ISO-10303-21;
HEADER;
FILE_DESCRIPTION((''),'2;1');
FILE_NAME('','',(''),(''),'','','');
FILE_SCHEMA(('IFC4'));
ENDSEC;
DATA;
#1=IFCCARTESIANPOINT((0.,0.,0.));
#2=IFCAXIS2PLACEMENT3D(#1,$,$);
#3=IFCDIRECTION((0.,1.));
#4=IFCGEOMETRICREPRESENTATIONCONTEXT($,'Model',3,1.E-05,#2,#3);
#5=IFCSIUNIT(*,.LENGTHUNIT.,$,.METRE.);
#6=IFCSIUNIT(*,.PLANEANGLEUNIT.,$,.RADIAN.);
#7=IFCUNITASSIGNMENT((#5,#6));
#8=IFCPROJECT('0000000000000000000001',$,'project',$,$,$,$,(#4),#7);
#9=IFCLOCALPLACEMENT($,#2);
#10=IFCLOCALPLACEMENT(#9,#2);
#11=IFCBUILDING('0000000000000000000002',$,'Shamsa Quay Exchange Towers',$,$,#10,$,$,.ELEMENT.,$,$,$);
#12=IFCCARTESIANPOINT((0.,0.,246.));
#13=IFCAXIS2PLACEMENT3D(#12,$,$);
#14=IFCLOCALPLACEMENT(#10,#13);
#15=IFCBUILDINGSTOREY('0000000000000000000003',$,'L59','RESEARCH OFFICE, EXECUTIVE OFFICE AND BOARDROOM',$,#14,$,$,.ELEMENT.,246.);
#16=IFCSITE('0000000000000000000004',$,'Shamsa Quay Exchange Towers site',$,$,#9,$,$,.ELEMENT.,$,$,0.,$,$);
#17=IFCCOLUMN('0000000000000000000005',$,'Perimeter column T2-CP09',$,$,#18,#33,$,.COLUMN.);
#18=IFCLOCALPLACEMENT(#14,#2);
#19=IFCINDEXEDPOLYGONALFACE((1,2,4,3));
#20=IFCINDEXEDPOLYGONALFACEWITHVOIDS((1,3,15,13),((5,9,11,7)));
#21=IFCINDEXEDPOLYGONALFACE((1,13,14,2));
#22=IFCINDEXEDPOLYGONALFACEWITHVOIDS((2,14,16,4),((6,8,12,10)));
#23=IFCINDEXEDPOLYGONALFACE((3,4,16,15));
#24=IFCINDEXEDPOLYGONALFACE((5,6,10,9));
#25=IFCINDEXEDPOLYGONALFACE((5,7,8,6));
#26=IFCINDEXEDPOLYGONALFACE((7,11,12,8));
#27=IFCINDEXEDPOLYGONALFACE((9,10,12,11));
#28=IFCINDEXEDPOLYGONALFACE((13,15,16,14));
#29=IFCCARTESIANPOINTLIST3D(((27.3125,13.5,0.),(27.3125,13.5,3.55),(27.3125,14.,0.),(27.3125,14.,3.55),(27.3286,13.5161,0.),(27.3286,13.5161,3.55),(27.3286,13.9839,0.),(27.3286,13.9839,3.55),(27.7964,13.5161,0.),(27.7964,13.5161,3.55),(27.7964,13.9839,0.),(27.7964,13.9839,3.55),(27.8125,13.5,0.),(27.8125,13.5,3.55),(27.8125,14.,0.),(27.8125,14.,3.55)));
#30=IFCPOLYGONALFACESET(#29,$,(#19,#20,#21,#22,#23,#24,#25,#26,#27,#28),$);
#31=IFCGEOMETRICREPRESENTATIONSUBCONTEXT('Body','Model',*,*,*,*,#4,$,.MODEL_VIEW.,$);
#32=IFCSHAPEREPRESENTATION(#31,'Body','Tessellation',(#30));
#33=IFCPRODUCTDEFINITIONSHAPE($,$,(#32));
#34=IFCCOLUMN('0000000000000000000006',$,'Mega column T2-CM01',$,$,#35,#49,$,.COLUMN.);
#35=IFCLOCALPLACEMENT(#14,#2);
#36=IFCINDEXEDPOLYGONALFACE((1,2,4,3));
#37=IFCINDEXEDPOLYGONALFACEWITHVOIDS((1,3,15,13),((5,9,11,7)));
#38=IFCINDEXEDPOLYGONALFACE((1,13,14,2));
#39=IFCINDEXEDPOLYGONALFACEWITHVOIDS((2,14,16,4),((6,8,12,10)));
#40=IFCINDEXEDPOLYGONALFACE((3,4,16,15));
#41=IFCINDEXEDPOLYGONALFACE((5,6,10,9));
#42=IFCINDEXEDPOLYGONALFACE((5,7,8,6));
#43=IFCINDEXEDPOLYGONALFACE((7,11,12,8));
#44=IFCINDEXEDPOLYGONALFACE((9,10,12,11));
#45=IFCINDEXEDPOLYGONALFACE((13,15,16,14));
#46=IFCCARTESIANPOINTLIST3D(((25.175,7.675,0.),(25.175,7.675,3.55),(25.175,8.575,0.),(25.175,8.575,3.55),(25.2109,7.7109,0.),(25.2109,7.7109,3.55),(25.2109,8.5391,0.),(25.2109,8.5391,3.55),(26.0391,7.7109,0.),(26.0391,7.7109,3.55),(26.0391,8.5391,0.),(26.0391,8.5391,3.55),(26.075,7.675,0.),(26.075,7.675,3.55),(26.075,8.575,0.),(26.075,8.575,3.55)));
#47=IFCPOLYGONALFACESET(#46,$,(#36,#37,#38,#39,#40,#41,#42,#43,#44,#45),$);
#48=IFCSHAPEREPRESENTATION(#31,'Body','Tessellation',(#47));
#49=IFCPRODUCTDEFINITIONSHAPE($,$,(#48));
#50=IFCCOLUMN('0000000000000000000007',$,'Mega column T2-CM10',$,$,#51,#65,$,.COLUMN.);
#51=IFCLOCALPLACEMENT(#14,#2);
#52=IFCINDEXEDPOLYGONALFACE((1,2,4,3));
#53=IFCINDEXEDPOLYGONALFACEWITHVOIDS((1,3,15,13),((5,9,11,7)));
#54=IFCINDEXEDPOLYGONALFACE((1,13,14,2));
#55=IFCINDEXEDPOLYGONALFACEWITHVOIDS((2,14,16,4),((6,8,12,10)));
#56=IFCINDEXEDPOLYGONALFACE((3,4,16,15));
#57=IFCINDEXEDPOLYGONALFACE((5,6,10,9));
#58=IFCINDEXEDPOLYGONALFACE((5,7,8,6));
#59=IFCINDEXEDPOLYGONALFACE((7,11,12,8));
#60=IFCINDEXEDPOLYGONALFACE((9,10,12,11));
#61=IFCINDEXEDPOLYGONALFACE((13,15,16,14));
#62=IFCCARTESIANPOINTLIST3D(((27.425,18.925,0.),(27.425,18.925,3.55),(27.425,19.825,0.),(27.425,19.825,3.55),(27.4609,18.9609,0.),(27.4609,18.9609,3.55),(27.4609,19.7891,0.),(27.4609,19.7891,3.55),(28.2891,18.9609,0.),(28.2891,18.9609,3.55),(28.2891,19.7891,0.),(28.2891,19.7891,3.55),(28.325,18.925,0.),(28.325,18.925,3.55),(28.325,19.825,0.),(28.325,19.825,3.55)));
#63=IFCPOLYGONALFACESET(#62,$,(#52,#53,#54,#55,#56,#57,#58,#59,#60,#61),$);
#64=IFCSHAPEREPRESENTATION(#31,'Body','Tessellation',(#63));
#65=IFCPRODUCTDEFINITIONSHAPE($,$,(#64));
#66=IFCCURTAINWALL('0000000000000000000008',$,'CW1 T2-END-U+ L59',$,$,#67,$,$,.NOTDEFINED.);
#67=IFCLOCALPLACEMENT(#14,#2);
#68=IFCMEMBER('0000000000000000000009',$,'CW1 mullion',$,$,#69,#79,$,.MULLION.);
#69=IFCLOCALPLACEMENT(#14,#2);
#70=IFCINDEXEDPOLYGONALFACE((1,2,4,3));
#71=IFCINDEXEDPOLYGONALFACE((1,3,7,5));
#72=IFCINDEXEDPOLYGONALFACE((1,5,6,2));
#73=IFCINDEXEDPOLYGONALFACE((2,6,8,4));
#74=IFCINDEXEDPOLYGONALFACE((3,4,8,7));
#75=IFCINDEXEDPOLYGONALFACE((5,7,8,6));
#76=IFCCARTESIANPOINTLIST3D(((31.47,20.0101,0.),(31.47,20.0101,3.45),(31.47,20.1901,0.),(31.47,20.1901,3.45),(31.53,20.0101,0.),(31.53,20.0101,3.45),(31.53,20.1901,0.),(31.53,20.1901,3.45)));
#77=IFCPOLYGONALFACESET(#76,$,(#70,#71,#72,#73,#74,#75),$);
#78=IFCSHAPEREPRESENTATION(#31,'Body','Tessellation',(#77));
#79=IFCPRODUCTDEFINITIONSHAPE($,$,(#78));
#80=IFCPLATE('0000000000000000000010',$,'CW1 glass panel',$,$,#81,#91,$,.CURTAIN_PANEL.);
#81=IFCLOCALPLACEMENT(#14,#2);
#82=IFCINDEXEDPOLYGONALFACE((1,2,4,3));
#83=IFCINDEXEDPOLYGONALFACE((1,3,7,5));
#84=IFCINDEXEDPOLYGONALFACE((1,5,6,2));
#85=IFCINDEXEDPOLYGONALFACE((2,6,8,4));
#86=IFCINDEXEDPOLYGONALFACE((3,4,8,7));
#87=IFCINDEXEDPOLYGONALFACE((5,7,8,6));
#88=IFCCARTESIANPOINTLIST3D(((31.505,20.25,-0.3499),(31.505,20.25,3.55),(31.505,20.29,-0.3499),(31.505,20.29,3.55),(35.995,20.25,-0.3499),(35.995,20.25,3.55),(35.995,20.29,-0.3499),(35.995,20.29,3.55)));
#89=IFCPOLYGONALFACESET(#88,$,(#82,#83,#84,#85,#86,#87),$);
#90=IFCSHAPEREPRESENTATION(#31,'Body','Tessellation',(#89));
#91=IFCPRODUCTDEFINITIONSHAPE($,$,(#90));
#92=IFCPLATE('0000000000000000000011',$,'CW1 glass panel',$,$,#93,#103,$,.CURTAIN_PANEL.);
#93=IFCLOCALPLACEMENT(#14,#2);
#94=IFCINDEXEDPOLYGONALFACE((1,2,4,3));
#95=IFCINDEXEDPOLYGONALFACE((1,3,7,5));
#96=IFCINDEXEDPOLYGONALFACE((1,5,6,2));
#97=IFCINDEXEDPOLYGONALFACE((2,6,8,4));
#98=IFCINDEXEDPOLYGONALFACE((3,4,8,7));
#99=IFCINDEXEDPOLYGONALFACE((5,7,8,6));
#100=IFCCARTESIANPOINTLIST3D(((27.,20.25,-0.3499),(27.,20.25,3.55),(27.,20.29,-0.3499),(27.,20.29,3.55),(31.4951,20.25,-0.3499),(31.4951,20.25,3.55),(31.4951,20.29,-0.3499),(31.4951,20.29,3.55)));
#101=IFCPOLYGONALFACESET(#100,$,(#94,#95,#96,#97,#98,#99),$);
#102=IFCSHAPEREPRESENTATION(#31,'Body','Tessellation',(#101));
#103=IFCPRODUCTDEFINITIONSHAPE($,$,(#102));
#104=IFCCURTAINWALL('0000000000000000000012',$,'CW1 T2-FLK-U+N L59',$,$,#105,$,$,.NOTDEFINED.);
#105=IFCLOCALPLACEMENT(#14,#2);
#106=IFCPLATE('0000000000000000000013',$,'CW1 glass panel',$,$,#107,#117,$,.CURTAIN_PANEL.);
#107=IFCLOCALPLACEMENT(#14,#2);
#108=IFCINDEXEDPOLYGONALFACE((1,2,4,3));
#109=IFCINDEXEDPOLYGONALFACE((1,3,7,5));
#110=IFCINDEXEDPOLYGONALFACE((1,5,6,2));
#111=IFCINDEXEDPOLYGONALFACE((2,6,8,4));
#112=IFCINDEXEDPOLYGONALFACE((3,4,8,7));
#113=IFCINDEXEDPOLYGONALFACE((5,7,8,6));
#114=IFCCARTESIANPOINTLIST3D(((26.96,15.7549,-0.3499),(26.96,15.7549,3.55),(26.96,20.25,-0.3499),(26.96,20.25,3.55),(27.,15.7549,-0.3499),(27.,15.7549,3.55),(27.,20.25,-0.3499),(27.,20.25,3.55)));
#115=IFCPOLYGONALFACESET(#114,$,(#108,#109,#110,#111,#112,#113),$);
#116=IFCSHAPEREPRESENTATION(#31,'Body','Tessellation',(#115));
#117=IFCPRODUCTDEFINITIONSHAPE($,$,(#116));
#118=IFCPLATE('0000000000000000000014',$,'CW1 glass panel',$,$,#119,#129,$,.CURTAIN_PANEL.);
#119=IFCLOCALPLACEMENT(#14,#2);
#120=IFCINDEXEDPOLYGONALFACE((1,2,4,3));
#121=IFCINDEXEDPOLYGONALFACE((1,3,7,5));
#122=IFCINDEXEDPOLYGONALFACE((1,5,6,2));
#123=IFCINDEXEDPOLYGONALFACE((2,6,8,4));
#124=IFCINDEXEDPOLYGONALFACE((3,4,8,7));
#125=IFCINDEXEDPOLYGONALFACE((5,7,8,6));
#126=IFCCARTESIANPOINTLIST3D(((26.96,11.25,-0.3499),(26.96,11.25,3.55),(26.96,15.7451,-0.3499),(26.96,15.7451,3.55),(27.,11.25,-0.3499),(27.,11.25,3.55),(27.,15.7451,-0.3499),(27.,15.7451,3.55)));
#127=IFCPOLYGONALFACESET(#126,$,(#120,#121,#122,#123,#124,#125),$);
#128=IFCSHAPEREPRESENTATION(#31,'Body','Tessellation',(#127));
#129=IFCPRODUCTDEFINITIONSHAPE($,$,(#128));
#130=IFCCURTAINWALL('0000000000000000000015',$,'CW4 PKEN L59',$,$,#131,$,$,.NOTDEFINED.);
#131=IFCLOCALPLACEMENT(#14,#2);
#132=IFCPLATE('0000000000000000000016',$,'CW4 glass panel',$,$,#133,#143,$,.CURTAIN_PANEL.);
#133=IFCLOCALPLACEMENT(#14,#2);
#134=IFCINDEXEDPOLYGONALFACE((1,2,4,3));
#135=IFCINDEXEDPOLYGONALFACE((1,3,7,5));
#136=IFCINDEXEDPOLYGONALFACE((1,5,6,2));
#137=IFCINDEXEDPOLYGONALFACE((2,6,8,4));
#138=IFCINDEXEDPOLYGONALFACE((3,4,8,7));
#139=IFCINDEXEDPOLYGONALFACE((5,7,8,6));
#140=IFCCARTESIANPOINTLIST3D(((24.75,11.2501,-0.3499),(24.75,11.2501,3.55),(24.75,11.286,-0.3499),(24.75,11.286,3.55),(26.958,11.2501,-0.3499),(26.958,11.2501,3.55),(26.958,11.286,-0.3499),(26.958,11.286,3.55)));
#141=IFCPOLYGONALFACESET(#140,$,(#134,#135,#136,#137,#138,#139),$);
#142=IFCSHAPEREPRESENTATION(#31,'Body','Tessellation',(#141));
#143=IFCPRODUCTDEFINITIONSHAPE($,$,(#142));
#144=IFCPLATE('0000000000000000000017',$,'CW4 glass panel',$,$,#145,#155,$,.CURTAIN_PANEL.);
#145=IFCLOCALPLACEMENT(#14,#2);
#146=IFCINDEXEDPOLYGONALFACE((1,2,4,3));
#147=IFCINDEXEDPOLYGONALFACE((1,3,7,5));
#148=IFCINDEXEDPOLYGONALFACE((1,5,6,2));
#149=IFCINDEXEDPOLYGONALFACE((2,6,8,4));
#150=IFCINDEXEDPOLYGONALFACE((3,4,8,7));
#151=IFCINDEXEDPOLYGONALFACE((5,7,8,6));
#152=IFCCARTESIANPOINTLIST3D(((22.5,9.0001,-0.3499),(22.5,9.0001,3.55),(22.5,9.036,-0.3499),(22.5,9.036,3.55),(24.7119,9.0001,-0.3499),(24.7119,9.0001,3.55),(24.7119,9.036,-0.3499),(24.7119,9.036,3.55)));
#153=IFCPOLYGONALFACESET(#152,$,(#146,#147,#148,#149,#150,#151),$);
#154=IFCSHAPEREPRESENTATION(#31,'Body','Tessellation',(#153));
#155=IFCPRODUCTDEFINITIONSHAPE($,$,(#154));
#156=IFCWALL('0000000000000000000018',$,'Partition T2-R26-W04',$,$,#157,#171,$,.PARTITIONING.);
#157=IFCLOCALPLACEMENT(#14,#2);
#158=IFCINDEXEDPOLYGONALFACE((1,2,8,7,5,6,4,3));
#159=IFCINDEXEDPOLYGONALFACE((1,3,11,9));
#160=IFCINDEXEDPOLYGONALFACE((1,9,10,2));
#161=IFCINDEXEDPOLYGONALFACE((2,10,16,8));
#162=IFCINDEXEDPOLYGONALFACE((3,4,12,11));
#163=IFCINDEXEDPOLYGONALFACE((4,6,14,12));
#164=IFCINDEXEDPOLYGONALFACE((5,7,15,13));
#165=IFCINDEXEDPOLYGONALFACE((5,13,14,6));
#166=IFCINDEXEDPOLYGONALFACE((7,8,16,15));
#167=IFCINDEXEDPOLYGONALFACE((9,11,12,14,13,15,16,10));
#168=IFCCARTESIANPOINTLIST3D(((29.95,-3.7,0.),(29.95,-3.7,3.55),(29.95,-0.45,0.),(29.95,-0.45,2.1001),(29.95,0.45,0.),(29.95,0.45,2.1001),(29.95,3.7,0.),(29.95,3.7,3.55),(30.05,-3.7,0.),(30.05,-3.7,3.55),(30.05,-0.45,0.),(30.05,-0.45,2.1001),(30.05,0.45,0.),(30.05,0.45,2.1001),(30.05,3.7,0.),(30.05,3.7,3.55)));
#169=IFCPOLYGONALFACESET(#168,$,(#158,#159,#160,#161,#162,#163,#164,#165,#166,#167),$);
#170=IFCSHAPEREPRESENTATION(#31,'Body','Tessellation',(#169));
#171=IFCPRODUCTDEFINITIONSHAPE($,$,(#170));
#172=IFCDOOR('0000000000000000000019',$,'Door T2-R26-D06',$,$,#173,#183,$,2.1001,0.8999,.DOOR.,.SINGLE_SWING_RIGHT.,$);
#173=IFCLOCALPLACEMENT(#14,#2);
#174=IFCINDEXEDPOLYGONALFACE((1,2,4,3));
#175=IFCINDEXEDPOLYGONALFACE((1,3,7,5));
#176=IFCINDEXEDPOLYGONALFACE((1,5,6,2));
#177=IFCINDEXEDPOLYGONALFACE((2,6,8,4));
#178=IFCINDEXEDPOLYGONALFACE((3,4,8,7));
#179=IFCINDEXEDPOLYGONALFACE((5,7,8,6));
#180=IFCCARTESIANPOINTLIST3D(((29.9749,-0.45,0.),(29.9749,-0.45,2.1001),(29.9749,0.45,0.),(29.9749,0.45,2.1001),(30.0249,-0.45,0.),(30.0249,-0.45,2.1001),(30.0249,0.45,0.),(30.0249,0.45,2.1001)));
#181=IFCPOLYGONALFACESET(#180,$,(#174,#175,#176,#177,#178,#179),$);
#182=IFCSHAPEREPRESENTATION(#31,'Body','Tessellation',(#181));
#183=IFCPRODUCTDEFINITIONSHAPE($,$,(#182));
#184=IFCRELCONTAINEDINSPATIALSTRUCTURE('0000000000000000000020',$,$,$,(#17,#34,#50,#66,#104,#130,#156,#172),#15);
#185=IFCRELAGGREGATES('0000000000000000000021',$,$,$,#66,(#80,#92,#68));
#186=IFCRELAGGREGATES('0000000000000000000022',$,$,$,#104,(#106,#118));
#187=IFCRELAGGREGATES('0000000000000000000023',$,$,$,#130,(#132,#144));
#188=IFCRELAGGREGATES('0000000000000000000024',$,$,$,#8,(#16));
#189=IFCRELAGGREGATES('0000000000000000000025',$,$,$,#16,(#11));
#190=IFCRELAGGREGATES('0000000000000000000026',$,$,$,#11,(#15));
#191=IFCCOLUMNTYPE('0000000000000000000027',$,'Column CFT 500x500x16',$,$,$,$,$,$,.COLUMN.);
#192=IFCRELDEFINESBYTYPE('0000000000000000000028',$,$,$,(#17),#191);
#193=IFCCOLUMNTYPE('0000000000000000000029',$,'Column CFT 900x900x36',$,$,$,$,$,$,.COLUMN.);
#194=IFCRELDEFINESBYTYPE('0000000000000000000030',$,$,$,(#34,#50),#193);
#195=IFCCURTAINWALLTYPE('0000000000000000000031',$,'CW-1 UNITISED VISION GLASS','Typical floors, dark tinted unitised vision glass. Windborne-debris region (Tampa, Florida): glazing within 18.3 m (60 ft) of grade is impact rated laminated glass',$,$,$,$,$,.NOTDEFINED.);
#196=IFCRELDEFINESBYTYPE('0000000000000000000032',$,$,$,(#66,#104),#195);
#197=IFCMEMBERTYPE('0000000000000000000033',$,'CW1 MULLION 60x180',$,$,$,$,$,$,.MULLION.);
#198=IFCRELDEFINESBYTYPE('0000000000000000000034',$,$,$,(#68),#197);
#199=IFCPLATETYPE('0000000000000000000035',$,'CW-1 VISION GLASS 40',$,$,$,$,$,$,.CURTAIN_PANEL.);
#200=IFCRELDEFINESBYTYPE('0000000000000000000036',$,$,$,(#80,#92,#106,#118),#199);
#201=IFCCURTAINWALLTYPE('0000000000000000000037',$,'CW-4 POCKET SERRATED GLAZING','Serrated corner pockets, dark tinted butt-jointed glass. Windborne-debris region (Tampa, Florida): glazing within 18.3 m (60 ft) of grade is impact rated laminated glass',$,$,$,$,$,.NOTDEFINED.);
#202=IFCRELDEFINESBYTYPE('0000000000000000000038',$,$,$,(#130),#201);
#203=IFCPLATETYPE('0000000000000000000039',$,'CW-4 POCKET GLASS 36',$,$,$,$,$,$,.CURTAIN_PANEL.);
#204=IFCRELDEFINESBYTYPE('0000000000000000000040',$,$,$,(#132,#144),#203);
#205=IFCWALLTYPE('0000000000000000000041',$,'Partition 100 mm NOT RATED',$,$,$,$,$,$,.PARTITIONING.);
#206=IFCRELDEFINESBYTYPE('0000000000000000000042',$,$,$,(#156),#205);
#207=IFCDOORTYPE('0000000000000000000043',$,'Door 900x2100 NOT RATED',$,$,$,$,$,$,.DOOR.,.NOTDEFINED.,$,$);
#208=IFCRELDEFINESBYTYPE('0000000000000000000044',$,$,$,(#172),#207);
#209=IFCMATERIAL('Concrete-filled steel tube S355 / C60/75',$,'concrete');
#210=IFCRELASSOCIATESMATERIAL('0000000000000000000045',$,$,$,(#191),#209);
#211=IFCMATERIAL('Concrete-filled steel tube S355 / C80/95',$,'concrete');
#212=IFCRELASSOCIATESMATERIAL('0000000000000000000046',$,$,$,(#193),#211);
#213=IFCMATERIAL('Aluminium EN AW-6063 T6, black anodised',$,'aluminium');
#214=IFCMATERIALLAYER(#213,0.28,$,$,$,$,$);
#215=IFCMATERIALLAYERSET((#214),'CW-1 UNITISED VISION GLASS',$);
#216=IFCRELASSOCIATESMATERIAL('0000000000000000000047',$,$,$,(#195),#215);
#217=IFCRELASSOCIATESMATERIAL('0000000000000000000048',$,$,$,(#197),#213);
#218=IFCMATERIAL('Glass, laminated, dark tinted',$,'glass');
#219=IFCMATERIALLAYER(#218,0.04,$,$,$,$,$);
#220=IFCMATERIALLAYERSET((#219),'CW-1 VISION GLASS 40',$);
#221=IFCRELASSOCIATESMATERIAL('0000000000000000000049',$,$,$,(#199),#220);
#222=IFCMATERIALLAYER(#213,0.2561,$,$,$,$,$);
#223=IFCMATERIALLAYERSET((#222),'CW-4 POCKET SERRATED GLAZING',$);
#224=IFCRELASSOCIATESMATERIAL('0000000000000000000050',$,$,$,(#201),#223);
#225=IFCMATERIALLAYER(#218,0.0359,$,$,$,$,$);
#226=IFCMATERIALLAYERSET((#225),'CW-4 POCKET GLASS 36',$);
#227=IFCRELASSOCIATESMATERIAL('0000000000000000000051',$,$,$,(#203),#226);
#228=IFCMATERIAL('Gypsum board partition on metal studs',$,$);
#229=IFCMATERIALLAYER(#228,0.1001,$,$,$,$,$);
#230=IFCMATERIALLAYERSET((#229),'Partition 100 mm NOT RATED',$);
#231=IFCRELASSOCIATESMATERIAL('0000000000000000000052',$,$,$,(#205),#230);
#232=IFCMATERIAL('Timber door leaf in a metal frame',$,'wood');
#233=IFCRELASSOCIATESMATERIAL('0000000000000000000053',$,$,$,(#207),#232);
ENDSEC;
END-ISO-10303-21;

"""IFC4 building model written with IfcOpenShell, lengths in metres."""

from ifc_helpers import new_model, si_unit, direction, frame, frame_2d, origin, origin_2d, place, context, subcontext, project, spatial, rectangle, hollow_rectangle, extrude, material, layer, layer_set, material_profile, profile_set, type_object, element, fill, aggregate, save


model = new_model("IFC4")

# Units and contexts
model_context = context("Model", 3, precision=1e-05, world=origin(), true_north=direction((0.0, 1.0)))
body_context = subcontext(model_context, "Body", "Model", "MODEL_VIEW")
ifc_project = project(units=[si_unit("LENGTHUNIT", "METRE"), si_unit("PLANEANGLEUNIT", "RADIAN")], contexts=[model_context])

# Site, building, storey
site_placement = place(None, origin())
site = spatial("IfcSite", under=ifc_project, at=site_placement, Name="Shamsa Quay Exchange Towers site", CompositionType="ELEMENT", RefElevation=0.0)
building_placement = place(site_placement, origin())
building = spatial("IfcBuilding", under=site, at=building_placement, Name="Shamsa Quay Exchange Towers", CompositionType="ELEMENT")
storey_placement = place(building_placement, frame((0.0, 0.0, 246.0)))
storey = spatial("IfcBuildingStorey", under=building, at=storey_placement, Name="L59", Description="RESEARCH OFFICE, EXECUTIVE OFFICE AND BOARDROOM", CompositionType="ELEMENT", Elevation=246.0)

# Columns
ifc_material_1 = material(Name="Concrete-filled steel tube S355 / C60/75", Category="concrete")
ifc_material_profile_1 = material_profile(ifc_material_1, hollow_rectangle(XDim=0.5, YDim=0.5, WallThickness=0.0161, at=origin_2d()), Name="CFT 500x500x16")
ifc_profile_set_1 = profile_set([ifc_material_profile_1], Name="Concrete-filled steel tube S355 / C60/75")
column_type_1 = type_object("IfcColumnType", Name="Column CFT 500x500x16", PredefinedType="COLUMN", material=ifc_profile_set_1)
column_placement = place(storey_placement, frame((27.5625, 13.75, 0.0)))
element("IfcColumn", 1, at=column_placement, inside=storey, type_object=column_type_1, Name="Perimeter column T2-CP09", PredefinedType="COLUMN", context=body_context, shape_type="SweptSolid", body=[
    extrude(hollow_rectangle(XDim=0.5, YDim=0.5, WallThickness=0.0161, at=origin_2d()), origin(), (0.0, 0.0, 1.0), 3.55),
])
ifc_material_2 = material(Name="Concrete-filled steel tube S355 / C80/95", Category="concrete")
ifc_material_profile_2 = material_profile(ifc_material_2, hollow_rectangle(XDim=0.8999, YDim=0.8999, WallThickness=0.0359, at=origin_2d()), Name="CFT 900x900x36")
ifc_profile_set_2 = profile_set([ifc_material_profile_2], Name="Concrete-filled steel tube S355 / C80/95")
column_type_2 = type_object("IfcColumnType", Name="Column CFT 900x900x36", PredefinedType="COLUMN", material=ifc_profile_set_2)
for number, where, name in (
    (2, (25.625, 8.125, 0.0), "Mega column T2-CM01"),
    (3, (27.875, 19.375, 0.0), "Mega column T2-CM10"),
):
    element("IfcColumn", number, at=place(storey_placement, frame(where)), inside=storey, type_object=column_type_2, Name=name, PredefinedType="COLUMN", context=body_context, shape_type="SweptSolid", body=[
        extrude(hollow_rectangle(XDim=0.8999, YDim=0.8999, WallThickness=0.0359, at=origin_2d()), origin(), (0.0, 0.0, 1.0), 3.55),
    ])

# Curtain wall, member, plates
ifc_material_3 = material(Name="Aluminium EN AW-6063 T6, black anodised", Category="aluminium")
ifc_layer_1 = layer(ifc_material_3, 0.28)
ifc_layer_set_1 = layer_set([ifc_layer_1], Name="CW-1 UNITISED VISION GLASS")
curtain_wall_type_1 = type_object("IfcCurtainWallType", Name="CW-1 UNITISED VISION GLASS", Description="Typical floors, dark tinted unitised vision glass. Windborne-debris region (Tampa, Florida): glazing within 18.3 m (60 ft) of grade is impact rated laminated glass", PredefinedType="NOTDEFINED", material=ifc_layer_set_1)
curtain_wall_1_placement = place(storey_placement, origin())
curtain_wall_1 = element("IfcCurtainWall", 4, at=curtain_wall_1_placement, inside=storey, type_object=curtain_wall_type_1, Name="CW1 T2-END-U+ L59", PredefinedType="NOTDEFINED")
ifc_material_profile_3 = material_profile(ifc_material_3, rectangle(XDim=0.1799, YDim=0.0601, at=origin_2d()), Name="MU60x180")
ifc_profile_set_3 = profile_set([ifc_material_profile_3], Name="Aluminium EN AW-6063 T6, black anodised")
member_type = type_object("IfcMemberType", Name="CW1 MULLION 60x180", PredefinedType="MULLION", material=ifc_profile_set_3)
member_placement = place(storey_placement, frame((31.5, 20.1001, 0.0), z_axis=(0.0, 0.0, 1.0), x_axis=(0.0, -1.0, 0.0)))
member = element("IfcMember", 5, at=member_placement, type_object=member_type, Name="CW1 mullion", PredefinedType="MULLION", context=body_context, shape_type="SweptSolid", body=[
    extrude(rectangle(XDim=0.1799, YDim=0.0601, at=origin_2d()), origin(), (0.0, 0.0, 1.0), 3.45),
])
ifc_material_4 = material(Name="Glass, laminated, dark tinted", Category="glass")
ifc_layer_2 = layer(ifc_material_4, 0.04)
ifc_layer_set_2 = layer_set([ifc_layer_2], Name="CW-1 VISION GLASS 40")
plate_type_1 = type_object("IfcPlateType", Name="CW-1 VISION GLASS 40", PredefinedType="CURTAIN_PANEL", material=ifc_layer_set_2)
plate_1_placement = place(storey_placement, frame((33.75, 20.27, -0.3499), z_axis=(0.0, 0.0, 1.0), x_axis=(-1.0, 0.0, 0.0)))
plate_1 = element("IfcPlate", 6, at=plate_1_placement, type_object=plate_type_1, Name="CW1 glass panel", PredefinedType="CURTAIN_PANEL", context=body_context, shape_type="SweptSolid", body=[
    extrude(rectangle(XDim=4.49, YDim=0.04, at=origin_2d()), origin(), (0.0, 0.0, 1.0), 3.8999),
])
plate_2_placement = place(storey_placement, frame((29.2476, 20.27, -0.3499), z_axis=(0.0, 0.0, 1.0), x_axis=(-1.0, 0.0, 0.0)))
plate_2 = element("IfcPlate", 7, at=plate_2_placement, type_object=plate_type_1, Name="CW1 glass panel", PredefinedType="CURTAIN_PANEL", context=body_context, shape_type="SweptSolid", body=[
    extrude(rectangle(XDim=4.4951, YDim=0.04, at=origin_2d()), origin(), (0.0, 0.0, 1.0), 3.8999),
])
aggregate(curtain_wall_1, [plate_1, plate_2, member])

# Curtain walls, plates
curtain_wall_2_placement = place(storey_placement, origin())
curtain_wall_2 = element("IfcCurtainWall", 8, at=curtain_wall_2_placement, inside=storey, type_object=curtain_wall_type_1, Name="CW1 T2-FLK-U+N L59", PredefinedType="NOTDEFINED")
plate_3_placement = place(storey_placement, frame((26.98, 18.0024, -0.3499), z_axis=(0.0, 0.0, 1.0), x_axis=(0.0, -1.0, 0.0)))
plate_3 = element("IfcPlate", 9, at=plate_3_placement, type_object=plate_type_1, Name="CW1 glass panel", PredefinedType="CURTAIN_PANEL", context=body_context, shape_type="SweptSolid", body=[
    extrude(rectangle(XDim=4.4951, YDim=0.04, at=origin_2d()), origin(), (0.0, 0.0, 1.0), 3.8999),
])
plate_4_placement = place(storey_placement, frame((26.98, 13.4976, -0.3499), z_axis=(0.0, 0.0, 1.0), x_axis=(0.0, -1.0, 0.0)))
plate_4 = element("IfcPlate", 10, at=plate_4_placement, type_object=plate_type_1, Name="CW1 glass panel", PredefinedType="CURTAIN_PANEL", context=body_context, shape_type="SweptSolid", body=[
    extrude(rectangle(XDim=4.4951, YDim=0.04, at=origin_2d()), origin(), (0.0, 0.0, 1.0), 3.8999),
])
aggregate(curtain_wall_2, [plate_3, plate_4])
ifc_layer_3 = layer(ifc_material_3, 0.2561)
ifc_layer_set_3 = layer_set([ifc_layer_3], Name="CW-4 POCKET SERRATED GLAZING")
curtain_wall_type_2 = type_object("IfcCurtainWallType", Name="CW-4 POCKET SERRATED GLAZING", Description="Serrated corner pockets, dark tinted butt-jointed glass. Windborne-debris region (Tampa, Florida): glazing within 18.3 m (60 ft) of grade is impact rated laminated glass", PredefinedType="NOTDEFINED", material=ifc_layer_set_3)
curtain_wall_3_placement = place(storey_placement, origin())
curtain_wall_3 = element("IfcCurtainWall", 11, at=curtain_wall_3_placement, inside=storey, type_object=curtain_wall_type_2, Name="CW4 PKEN L59", PredefinedType="NOTDEFINED")
ifc_layer_4 = layer(ifc_material_4, 0.0359)
ifc_layer_set_4 = layer_set([ifc_layer_4], Name="CW-4 POCKET GLASS 36")
plate_type_2 = type_object("IfcPlateType", Name="CW-4 POCKET GLASS 36", PredefinedType="CURTAIN_PANEL", material=ifc_layer_set_4)
plate_5_placement = place(storey_placement, frame((25.854, 11.2681, -0.3499), z_axis=(0.0, 0.0, 1.0), x_axis=(-1.0, 0.0, 0.0)))
plate_5 = element("IfcPlate", 12, at=plate_5_placement, type_object=plate_type_2, Name="CW4 glass panel", PredefinedType="CURTAIN_PANEL", context=body_context, shape_type="SweptSolid", body=[
    extrude(rectangle(XDim=2.208, YDim=0.0359, at=origin_2d()), origin(), (0.0, 0.0, 1.0), 3.8999),
])
plate_6_placement = place(storey_placement, frame((23.606, 9.0181, -0.3499), z_axis=(0.0, 0.0, 1.0), x_axis=(-1.0, 0.0, 0.0)))
plate_6 = element("IfcPlate", 13, at=plate_6_placement, type_object=plate_type_2, Name="CW4 glass panel", PredefinedType="CURTAIN_PANEL", context=body_context, shape_type="SweptSolid", body=[
    extrude(rectangle(XDim=2.2119, YDim=0.0359, at=origin_2d()), origin(), (0.0, 0.0, 1.0), 3.8999),
])
aggregate(curtain_wall_3, [plate_5, plate_6])

# Wall, opening, door
ifc_material_5 = material(Name="Gypsum board partition on metal studs")
ifc_layer_5 = layer(ifc_material_5, 0.1001)
ifc_layer_set_5 = layer_set([ifc_layer_5], Name="Partition 100 mm NOT RATED")
wall_type_1 = type_object("IfcWallType", Name="Partition 100 mm NOT RATED", PredefinedType="PARTITIONING", material=ifc_layer_set_5)
wall_1_placement = place(storey_placement, frame((30.0, 3.7, 0.0), z_axis=(0.0, 0.0, 1.0), x_axis=(0.0, -1.0, 0.0)))
wall_1 = element("IfcWall", 14, at=wall_1_placement, inside=storey, type_object=wall_type_1, Name="Partition T2-R26-W04", PredefinedType="PARTITIONING", context=body_context, shape_type="SweptSolid", body=[
    extrude(rectangle(XDim=7.3999, YDim=0.1001, at=frame_2d((3.7, 0.0))), origin(), (0.0, 0.0, 1.0), 3.55),
])
opening_1_placement = place(wall_1_placement, frame((3.25, 0.0, 0.0)))
opening_1 = element("IfcOpeningElement", 15, at=opening_1_placement, cuts=wall_1, PredefinedType="OPENING", context=body_context, shape_type="SweptSolid", body=[
    extrude(rectangle(XDim=0.8999, YDim=2.1001, at=frame_2d((0.45, 1.05))), frame((0.0, 0.0601, 0.0), z_axis=(0.0, -1.0, 0.0), x_axis=(1.0, 0.0, 0.0)), (0.0, 0.0, 1.0), 0.1201),
])
ifc_material_6 = material(Name="Timber door leaf in a metal frame", Category="wood")
door_type_1 = type_object("IfcDoorType", Name="Door 900x2100 NOT RATED", OperationType="NOTDEFINED", PredefinedType="DOOR", material=ifc_material_6)
door_1_placement = place(opening_1_placement, origin())
door_1 = element("IfcDoor", 16, at=door_1_placement, inside=storey, type_object=door_type_1, Name="Door T2-R26-D06", OperationType="SINGLE_SWING_RIGHT", OverallHeight=2.1001, OverallWidth=0.8999, PredefinedType="DOOR", context=body_context, shape_type="SweptSolid", body=[
    extrude(rectangle(XDim=0.8999, YDim=2.1001, at=frame_2d((0.45, 1.05))), frame((0.0, 0.0249, 0.0), z_axis=(0.0, -1.0, 0.0), x_axis=(1.0, 0.0, 0.0)), (0.0, 0.0, 1.0), 0.05),
])
fill(opening_1, door_1)

save(model, "model.ifc")
